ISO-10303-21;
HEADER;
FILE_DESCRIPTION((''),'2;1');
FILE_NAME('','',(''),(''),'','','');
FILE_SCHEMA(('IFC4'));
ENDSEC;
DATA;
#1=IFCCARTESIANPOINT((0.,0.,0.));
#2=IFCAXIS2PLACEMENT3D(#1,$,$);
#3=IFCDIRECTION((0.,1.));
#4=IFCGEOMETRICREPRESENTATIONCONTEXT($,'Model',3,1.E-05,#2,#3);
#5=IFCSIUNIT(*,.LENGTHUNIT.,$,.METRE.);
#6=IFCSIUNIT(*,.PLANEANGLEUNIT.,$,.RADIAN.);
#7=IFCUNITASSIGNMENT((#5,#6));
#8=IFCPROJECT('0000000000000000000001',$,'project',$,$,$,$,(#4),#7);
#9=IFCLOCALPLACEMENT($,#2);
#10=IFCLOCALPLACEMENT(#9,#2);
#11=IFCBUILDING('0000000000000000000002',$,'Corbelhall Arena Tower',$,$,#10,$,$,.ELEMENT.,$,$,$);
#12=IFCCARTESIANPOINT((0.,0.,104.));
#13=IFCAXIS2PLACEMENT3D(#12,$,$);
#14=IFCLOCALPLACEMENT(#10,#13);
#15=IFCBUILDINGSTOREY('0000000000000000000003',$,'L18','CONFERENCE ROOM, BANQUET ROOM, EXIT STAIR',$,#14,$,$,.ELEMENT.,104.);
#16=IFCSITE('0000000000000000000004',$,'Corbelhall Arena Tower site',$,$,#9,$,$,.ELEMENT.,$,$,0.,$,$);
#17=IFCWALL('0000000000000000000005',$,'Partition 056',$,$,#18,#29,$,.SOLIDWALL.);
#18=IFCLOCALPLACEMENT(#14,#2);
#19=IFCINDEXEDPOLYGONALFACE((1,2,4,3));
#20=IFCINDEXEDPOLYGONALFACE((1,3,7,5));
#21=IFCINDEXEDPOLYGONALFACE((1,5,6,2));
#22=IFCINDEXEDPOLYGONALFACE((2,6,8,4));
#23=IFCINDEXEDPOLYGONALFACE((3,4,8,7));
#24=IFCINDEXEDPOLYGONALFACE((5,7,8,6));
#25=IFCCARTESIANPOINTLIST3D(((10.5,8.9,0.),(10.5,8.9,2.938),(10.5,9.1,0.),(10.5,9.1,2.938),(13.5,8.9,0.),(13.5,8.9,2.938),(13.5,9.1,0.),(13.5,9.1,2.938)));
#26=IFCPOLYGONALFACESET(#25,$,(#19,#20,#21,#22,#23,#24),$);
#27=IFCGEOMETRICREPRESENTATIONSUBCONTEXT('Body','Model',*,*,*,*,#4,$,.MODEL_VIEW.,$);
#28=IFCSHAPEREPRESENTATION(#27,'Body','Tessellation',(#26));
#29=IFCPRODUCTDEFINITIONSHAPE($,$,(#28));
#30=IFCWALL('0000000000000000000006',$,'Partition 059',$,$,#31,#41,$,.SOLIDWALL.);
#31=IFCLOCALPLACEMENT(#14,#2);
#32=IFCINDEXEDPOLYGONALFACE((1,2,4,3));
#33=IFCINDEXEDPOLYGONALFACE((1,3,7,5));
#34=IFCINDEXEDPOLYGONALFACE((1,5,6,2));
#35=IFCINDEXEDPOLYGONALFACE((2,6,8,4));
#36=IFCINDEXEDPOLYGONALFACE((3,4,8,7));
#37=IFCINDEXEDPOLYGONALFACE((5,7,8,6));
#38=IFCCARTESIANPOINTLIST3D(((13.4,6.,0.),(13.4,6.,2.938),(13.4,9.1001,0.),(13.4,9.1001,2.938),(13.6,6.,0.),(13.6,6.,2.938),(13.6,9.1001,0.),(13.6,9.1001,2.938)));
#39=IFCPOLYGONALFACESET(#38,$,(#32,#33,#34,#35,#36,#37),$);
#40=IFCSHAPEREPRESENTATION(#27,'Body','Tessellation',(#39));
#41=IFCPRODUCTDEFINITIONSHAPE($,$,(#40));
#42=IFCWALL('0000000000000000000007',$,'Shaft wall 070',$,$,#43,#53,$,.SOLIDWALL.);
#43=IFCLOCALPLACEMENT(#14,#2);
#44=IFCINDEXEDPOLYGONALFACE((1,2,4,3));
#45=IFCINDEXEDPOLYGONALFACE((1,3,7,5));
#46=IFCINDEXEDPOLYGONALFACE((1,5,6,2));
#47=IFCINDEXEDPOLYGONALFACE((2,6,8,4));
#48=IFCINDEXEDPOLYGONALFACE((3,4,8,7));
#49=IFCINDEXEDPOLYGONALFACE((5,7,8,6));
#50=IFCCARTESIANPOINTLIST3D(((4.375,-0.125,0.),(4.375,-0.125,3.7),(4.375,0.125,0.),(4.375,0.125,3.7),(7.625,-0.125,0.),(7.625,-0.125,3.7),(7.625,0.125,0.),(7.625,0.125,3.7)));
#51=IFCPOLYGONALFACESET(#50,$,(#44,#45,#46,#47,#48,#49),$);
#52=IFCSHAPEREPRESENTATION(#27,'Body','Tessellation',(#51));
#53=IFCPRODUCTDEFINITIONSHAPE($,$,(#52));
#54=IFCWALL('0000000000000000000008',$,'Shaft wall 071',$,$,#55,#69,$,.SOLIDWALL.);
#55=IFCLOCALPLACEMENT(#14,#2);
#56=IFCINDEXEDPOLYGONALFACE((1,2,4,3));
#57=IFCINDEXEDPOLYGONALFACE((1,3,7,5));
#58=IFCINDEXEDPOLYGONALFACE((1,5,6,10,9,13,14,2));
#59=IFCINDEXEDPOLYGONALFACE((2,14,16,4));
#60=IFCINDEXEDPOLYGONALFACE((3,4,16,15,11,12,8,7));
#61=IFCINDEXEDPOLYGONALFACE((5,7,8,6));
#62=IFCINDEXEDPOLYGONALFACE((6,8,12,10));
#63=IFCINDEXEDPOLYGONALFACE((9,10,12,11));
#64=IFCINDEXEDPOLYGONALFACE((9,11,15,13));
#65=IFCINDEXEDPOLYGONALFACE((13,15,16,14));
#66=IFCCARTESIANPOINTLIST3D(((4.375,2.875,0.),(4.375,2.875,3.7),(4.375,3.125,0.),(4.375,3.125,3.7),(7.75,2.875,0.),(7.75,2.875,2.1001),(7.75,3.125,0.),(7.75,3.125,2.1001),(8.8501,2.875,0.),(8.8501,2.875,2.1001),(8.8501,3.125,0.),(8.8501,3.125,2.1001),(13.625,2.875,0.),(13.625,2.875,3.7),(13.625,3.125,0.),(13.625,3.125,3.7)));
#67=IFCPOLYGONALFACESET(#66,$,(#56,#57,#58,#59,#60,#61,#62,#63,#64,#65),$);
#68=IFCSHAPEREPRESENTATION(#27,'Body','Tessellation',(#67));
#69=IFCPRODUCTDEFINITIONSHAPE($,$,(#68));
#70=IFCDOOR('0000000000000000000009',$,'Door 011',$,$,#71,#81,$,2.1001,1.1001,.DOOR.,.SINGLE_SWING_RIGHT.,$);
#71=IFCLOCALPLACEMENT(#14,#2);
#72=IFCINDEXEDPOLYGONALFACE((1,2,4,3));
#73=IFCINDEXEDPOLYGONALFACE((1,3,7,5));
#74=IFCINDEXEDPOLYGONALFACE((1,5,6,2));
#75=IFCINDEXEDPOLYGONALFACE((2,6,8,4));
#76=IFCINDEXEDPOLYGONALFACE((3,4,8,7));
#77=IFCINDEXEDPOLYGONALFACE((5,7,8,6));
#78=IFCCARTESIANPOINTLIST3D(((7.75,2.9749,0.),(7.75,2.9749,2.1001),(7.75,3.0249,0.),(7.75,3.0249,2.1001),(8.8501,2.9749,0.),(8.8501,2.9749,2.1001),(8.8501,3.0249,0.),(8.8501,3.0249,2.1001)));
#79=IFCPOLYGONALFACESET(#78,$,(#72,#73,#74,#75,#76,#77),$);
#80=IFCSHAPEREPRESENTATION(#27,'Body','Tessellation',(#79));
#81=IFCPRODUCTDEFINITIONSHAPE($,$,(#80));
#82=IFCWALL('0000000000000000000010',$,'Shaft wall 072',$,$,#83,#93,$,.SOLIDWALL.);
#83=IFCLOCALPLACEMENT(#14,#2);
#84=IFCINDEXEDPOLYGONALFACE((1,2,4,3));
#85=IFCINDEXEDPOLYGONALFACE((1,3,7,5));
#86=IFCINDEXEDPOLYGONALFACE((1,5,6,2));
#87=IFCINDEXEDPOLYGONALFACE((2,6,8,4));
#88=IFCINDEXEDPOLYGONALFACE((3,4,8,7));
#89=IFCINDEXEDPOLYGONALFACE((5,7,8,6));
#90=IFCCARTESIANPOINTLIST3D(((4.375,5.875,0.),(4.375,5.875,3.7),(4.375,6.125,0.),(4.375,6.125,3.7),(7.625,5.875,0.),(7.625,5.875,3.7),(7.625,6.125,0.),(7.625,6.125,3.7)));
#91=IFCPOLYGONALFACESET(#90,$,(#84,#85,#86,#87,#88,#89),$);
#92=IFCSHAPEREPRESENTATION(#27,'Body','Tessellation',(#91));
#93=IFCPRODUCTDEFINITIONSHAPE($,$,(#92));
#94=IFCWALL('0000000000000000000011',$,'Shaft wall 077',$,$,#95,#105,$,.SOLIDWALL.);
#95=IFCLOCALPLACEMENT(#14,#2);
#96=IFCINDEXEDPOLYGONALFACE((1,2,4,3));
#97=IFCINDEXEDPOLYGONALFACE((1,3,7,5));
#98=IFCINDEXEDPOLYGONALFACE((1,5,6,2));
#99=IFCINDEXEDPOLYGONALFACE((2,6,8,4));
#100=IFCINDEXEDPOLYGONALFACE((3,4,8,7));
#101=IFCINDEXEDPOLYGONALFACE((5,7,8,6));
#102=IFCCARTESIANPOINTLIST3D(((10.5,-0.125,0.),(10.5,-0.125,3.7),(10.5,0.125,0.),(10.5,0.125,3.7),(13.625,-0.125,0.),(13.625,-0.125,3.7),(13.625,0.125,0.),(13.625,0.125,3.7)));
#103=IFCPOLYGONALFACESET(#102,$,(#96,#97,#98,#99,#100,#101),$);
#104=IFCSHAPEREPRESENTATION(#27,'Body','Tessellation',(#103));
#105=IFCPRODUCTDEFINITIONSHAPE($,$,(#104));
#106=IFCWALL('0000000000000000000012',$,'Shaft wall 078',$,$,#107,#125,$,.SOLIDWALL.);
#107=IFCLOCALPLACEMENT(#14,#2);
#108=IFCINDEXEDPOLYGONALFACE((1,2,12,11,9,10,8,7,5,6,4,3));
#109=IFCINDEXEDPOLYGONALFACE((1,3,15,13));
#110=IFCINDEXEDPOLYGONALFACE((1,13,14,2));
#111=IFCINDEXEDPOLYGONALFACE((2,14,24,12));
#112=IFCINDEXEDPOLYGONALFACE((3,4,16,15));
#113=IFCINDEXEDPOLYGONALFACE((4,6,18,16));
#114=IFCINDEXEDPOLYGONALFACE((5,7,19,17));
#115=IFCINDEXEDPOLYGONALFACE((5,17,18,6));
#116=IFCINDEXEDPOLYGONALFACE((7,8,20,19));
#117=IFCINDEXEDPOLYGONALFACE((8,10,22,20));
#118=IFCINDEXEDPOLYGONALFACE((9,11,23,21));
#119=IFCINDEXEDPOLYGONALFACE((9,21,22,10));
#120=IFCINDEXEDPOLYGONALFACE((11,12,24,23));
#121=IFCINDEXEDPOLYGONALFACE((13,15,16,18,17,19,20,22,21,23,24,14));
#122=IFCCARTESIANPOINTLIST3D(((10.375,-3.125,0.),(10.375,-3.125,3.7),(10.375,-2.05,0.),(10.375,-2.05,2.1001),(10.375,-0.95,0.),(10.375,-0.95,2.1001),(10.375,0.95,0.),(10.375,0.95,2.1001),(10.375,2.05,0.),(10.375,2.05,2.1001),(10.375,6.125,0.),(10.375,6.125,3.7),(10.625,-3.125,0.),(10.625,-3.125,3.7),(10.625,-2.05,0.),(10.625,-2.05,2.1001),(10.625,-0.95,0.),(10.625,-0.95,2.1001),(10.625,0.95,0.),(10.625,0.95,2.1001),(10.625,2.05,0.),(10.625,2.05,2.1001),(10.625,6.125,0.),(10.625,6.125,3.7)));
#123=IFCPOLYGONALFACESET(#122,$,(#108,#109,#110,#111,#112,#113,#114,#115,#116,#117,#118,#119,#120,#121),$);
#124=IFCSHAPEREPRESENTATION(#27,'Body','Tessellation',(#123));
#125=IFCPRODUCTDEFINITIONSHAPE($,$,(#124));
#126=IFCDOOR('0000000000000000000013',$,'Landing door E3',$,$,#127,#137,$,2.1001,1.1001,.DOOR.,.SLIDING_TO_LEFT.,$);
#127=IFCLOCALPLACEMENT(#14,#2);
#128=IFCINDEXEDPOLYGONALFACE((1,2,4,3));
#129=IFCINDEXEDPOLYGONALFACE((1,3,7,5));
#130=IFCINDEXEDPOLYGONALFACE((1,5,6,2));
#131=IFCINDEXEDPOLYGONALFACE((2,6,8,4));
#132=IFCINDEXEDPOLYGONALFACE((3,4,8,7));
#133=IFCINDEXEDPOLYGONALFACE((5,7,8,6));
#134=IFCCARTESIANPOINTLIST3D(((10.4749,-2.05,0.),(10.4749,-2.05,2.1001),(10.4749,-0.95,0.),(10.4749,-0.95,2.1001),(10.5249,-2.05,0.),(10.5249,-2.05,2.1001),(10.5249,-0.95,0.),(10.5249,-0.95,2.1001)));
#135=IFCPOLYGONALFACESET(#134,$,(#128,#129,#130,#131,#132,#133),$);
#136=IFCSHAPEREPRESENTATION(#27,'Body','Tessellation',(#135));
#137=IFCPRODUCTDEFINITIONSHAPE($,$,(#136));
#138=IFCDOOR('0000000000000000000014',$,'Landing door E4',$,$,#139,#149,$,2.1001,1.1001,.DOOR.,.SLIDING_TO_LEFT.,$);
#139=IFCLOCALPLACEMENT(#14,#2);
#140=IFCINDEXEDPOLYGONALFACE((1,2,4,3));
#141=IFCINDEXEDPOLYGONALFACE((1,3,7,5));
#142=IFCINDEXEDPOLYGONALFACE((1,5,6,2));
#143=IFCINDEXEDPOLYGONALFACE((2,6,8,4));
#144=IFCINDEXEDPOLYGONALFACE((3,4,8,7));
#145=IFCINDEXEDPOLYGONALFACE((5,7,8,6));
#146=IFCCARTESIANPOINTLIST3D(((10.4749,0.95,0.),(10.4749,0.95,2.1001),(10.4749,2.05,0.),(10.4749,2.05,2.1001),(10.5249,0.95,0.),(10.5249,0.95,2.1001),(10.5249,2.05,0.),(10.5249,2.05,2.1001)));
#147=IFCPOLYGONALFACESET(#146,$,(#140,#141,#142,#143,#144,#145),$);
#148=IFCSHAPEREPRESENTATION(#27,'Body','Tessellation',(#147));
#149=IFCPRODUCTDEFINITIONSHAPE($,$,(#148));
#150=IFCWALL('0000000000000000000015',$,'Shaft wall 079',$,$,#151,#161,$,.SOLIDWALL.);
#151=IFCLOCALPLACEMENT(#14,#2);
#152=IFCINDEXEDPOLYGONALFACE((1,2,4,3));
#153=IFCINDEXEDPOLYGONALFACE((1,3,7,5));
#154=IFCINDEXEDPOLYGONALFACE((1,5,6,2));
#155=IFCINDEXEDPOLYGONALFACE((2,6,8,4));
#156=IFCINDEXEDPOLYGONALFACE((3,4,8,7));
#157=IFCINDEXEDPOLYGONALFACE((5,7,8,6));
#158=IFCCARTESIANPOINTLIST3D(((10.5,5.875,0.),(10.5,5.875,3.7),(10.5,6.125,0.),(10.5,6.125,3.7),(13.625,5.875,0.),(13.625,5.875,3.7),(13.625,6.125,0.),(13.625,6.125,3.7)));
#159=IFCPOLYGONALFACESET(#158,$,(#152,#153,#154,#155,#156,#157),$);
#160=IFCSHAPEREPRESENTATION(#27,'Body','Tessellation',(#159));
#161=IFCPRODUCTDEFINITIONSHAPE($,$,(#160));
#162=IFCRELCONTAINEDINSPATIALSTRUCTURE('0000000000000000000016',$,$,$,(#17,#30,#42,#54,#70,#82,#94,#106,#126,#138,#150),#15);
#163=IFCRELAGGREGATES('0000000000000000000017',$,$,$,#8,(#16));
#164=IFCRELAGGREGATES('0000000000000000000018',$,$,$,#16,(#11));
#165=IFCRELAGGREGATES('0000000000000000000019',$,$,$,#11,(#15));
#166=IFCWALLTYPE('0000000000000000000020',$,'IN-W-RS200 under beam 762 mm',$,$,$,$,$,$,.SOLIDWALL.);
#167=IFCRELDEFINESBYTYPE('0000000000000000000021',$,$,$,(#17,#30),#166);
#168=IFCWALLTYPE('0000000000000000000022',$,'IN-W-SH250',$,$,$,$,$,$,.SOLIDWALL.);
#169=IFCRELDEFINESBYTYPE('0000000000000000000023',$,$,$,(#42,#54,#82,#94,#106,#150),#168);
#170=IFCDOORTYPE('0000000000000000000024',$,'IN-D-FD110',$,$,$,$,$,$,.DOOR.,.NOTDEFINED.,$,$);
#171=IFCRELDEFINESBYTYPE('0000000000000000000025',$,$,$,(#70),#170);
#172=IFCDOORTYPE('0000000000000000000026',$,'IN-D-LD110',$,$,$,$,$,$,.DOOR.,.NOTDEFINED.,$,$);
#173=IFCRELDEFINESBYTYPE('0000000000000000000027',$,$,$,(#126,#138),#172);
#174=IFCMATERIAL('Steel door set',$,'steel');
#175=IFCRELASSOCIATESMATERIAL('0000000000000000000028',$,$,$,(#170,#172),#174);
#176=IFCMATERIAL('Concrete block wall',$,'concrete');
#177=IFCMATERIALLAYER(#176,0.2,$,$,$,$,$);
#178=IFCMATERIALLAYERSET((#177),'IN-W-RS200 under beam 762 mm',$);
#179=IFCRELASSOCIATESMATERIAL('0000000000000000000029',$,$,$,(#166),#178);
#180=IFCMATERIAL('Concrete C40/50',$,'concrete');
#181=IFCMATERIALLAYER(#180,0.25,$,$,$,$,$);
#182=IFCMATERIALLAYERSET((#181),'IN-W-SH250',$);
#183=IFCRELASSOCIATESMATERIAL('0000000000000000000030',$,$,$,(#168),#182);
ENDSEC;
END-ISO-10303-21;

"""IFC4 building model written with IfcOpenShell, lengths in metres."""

from ifc_helpers import new_model, si_unit, direction, frame, frame_2d, origin, place, context, subcontext, project, spatial, rectangle, extrude, material, layer, layer_set, type_object, element, fill, save


model = new_model("IFC4")

# Units and contexts
model_context = context("Model", 3, precision=1e-05, world=origin(), true_north=direction((0.0, 1.0)))
body_context = subcontext(model_context, "Body", "Model", "MODEL_VIEW")
ifc_project = project(units=[si_unit("LENGTHUNIT", "METRE"), si_unit("PLANEANGLEUNIT", "RADIAN")], contexts=[model_context])

# Site, building, storey
site_placement = place(None, origin())
site = spatial("IfcSite", under=ifc_project, at=site_placement, Name="Corbelhall Arena Tower site", CompositionType="ELEMENT", RefElevation=0.0)
building_placement = place(site_placement, origin())
building = spatial("IfcBuilding", under=site, at=building_placement, Name="Corbelhall Arena Tower", CompositionType="ELEMENT")
storey_placement = place(building_placement, frame((0.0, 0.0, 104.0)))
storey = spatial("IfcBuildingStorey", under=building, at=storey_placement, Name="L18", Description="CONFERENCE ROOM, BANQUET ROOM, EXIT STAIR", CompositionType="ELEMENT", Elevation=104.0)

# Shared definitions
ifc_material_1 = material(Name="Concrete C40/50", Category="concrete")

# Shared definitions
ifc_material_2 = material(Name="Concrete block wall", Category="concrete")
ifc_material_3 = material(Name="Steel door set", Category="steel")
door_type_1 = type_object("IfcDoorType", Name="IN-D-FD110", OperationType="NOTDEFINED", PredefinedType="DOOR", material=ifc_material_3)

# Walls
ifc_layer_1 = layer(ifc_material_2, 0.2)
ifc_layer_set_1 = layer_set([ifc_layer_1], Name="IN-W-RS200 under beam 762 mm")
wall_type_1 = type_object("IfcWallType", Name="IN-W-RS200 under beam 762 mm", PredefinedType="SOLIDWALL", material=ifc_layer_set_1)
wall_1_placement = place(storey_placement, frame((10.5, 9.0, 0.0), z_axis=(0.0, 0.0, 1.0), x_axis=(1.0, 0.0, 0.0)))
element("IfcWall", 1, at=wall_1_placement, inside=storey, type_object=wall_type_1, Name="Partition 056", PredefinedType="SOLIDWALL", context=body_context, shape_type="SweptSolid", body=[
    extrude(rectangle(XDim=3.0, YDim=0.2, at=frame_2d((1.5, 0.0))), origin(), (0.0, 0.0, 1.0), 2.938),
])
wall_2_placement = place(storey_placement, frame((13.5, 9.1001, 0.0), z_axis=(0.0, 0.0, 1.0), x_axis=(0.0, -1.0, 0.0)))
element("IfcWall", 2, at=wall_2_placement, inside=storey, type_object=wall_type_1, Name="Partition 059", PredefinedType="SOLIDWALL", context=body_context, shape_type="SweptSolid", body=[
    extrude(rectangle(XDim=3.1001, YDim=0.2, at=frame_2d((1.55, 0.0))), origin(), (0.0, 0.0, 1.0), 2.938),
])
ifc_layer_2 = layer(ifc_material_1, 0.25)
ifc_layer_set_2 = layer_set([ifc_layer_2], Name="IN-W-SH250")
wall_type_2 = type_object("IfcWallType", Name="IN-W-SH250", PredefinedType="SOLIDWALL", material=ifc_layer_set_2)
wall_3_placement = place(storey_placement, frame((4.375, 0.0, 0.0), z_axis=(0.0, 0.0, 1.0), x_axis=(1.0, 0.0, 0.0)))
element("IfcWall", 3, at=wall_3_placement, inside=storey, type_object=wall_type_2, Name="Shaft wall 070", PredefinedType="SOLIDWALL", context=body_context, shape_type="SweptSolid", body=[
    extrude(rectangle(XDim=3.25, YDim=0.25, at=frame_2d((1.625, 0.0))), origin(), (0.0, 0.0, 1.0), 3.7),
])

# Wall, opening, door
wall_4_placement = place(storey_placement, frame((4.375, 3.0, 0.0), z_axis=(0.0, 0.0, 1.0), x_axis=(1.0, 0.0, 0.0)))
wall_4 = element("IfcWall", 4, at=wall_4_placement, inside=storey, type_object=wall_type_2, Name="Shaft wall 071", PredefinedType="SOLIDWALL", context=body_context, shape_type="SweptSolid", body=[
    extrude(rectangle(XDim=9.25, YDim=0.25, at=frame_2d((4.625, 0.0))), origin(), (0.0, 0.0, 1.0), 3.7),
])
opening_1_placement = place(wall_4_placement, frame((3.375, 0.0, 0.0)))
opening_1 = element("IfcOpeningElement", 5, at=opening_1_placement, cuts=wall_4, PredefinedType="OPENING", context=body_context, shape_type="SweptSolid", body=[
    extrude(rectangle(XDim=1.1001, YDim=2.1001, at=frame_2d((0.55, 1.05))), frame((0.0, 0.125, 0.0), z_axis=(0.0, -1.0, 0.0), x_axis=(1.0, 0.0, 0.0)), (0.0, 0.0, 1.0), 0.25),
])
door_1_placement = place(opening_1_placement, origin())
door_1 = element("IfcDoor", 6, at=door_1_placement, inside=storey, type_object=door_type_1, Name="Door 011", OperationType="SINGLE_SWING_RIGHT", OverallHeight=2.1001, OverallWidth=1.1001, PredefinedType="DOOR", context=body_context, shape_type="SweptSolid", body=[
    extrude(rectangle(XDim=1.1001, YDim=2.1001, at=frame_2d((0.55, 1.05))), frame((0.0, 0.0249, 0.0), z_axis=(0.0, -1.0, 0.0), x_axis=(1.0, 0.0, 0.0)), (0.0, 0.0, 1.0), 0.05),
])
fill(opening_1, door_1)

# Walls
wall_5_placement = place(storey_placement, frame((4.375, 6.0, 0.0), z_axis=(0.0, 0.0, 1.0), x_axis=(1.0, 0.0, 0.0)))
element("IfcWall", 7, at=wall_5_placement, inside=storey, type_object=wall_type_2, Name="Shaft wall 072", PredefinedType="SOLIDWALL", context=body_context, shape_type="SweptSolid", body=[
    extrude(rectangle(XDim=3.25, YDim=0.25, at=frame_2d((1.625, 0.0))), origin(), (0.0, 0.0, 1.0), 3.7),
])
wall_6_placement = place(storey_placement, frame((10.5, 0.0, 0.0), z_axis=(0.0, 0.0, 1.0), x_axis=(1.0, 0.0, 0.0)))
element("IfcWall", 8, at=wall_6_placement, inside=storey, type_object=wall_type_2, Name="Shaft wall 077", PredefinedType="SOLIDWALL", context=body_context, shape_type="SweptSolid", body=[
    extrude(rectangle(XDim=3.125, YDim=0.25, at=frame_2d((1.5625, 0.0))), origin(), (0.0, 0.0, 1.0), 3.7),
])

# Wall, openings, doors
wall_7_placement = place(storey_placement, frame((10.5, 6.125, 0.0), z_axis=(0.0, 0.0, 1.0), x_axis=(0.0, -1.0, 0.0)))
wall_7 = element("IfcWall", 9, at=wall_7_placement, inside=storey, type_object=wall_type_2, Name="Shaft wall 078", PredefinedType="SOLIDWALL", context=body_context, shape_type="SweptSolid", body=[
    extrude(rectangle(XDim=9.25, YDim=0.25, at=frame_2d((4.625, 0.0))), origin(), (0.0, 0.0, 1.0), 3.7),
])
opening_2_placement = place(wall_7_placement, frame((7.075, 0.0, 0.0)))
opening_2 = element("IfcOpeningElement", 10, at=opening_2_placement, cuts=wall_7, PredefinedType="OPENING", context=body_context, shape_type="SweptSolid", body=[
    extrude(rectangle(XDim=1.1001, YDim=2.1001, at=frame_2d((0.55, 1.05))), frame((0.0, 0.125, 0.0), z_axis=(0.0, -1.0, 0.0), x_axis=(1.0, 0.0, 0.0)), (0.0, 0.0, 1.0), 0.25),
])
opening_3_placement = place(wall_7_placement, frame((4.075, 0.0, 0.0)))
opening_3 = element("IfcOpeningElement", 11, at=opening_3_placement, cuts=wall_7, PredefinedType="OPENING", context=body_context, shape_type="SweptSolid", body=[
    extrude(rectangle(XDim=1.1001, YDim=2.1001, at=frame_2d((0.55, 1.05))), frame((0.0, 0.125, 0.0), z_axis=(0.0, -1.0, 0.0), x_axis=(1.0, 0.0, 0.0)), (0.0, 0.0, 1.0), 0.25),
])
door_type_2 = type_object("IfcDoorType", Name="IN-D-LD110", OperationType="NOTDEFINED", PredefinedType="DOOR", material=ifc_material_3)
door_2_placement = place(opening_2_placement, origin())
door_2 = element("IfcDoor", 12, at=door_2_placement, inside=storey, type_object=door_type_2, Name="Landing door E3", OperationType="SLIDING_TO_LEFT", OverallHeight=2.1001, OverallWidth=1.1001, PredefinedType="DOOR", context=body_context, shape_type="SweptSolid", body=[
    extrude(rectangle(XDim=1.1001, YDim=2.1001, at=frame_2d((0.55, 1.05))), frame((0.0, 0.0249, 0.0), z_axis=(0.0, -1.0, 0.0), x_axis=(1.0, 0.0, 0.0)), (0.0, 0.0, 1.0), 0.05),
])
fill(opening_2, door_2)
door_3_placement = place(opening_3_placement, origin())
door_3 = element("IfcDoor", 13, at=door_3_placement, inside=storey, type_object=door_type_2, Name="Landing door E4", OperationType="SLIDING_TO_LEFT", OverallHeight=2.1001, OverallWidth=1.1001, PredefinedType="DOOR", context=body_context, shape_type="SweptSolid", body=[
    extrude(rectangle(XDim=1.1001, YDim=2.1001, at=frame_2d((0.55, 1.05))), frame((0.0, 0.0249, 0.0), z_axis=(0.0, -1.0, 0.0), x_axis=(1.0, 0.0, 0.0)), (0.0, 0.0, 1.0), 0.05),
])
fill(opening_3, door_3)

# Wall
wall_8_placement = place(storey_placement, frame((10.5, 6.0, 0.0), z_axis=(0.0, 0.0, 1.0), x_axis=(1.0, 0.0, 0.0)))
element("IfcWall", 14, at=wall_8_placement, inside=storey, type_object=wall_type_2, Name="Shaft wall 079", PredefinedType="SOLIDWALL", context=body_context, shape_type="SweptSolid", body=[
    extrude(rectangle(XDim=3.125, YDim=0.25, at=frame_2d((1.5625, 0.0))), origin(), (0.0, 0.0, 1.0), 3.7),
])

save(model, "model.ifc")
